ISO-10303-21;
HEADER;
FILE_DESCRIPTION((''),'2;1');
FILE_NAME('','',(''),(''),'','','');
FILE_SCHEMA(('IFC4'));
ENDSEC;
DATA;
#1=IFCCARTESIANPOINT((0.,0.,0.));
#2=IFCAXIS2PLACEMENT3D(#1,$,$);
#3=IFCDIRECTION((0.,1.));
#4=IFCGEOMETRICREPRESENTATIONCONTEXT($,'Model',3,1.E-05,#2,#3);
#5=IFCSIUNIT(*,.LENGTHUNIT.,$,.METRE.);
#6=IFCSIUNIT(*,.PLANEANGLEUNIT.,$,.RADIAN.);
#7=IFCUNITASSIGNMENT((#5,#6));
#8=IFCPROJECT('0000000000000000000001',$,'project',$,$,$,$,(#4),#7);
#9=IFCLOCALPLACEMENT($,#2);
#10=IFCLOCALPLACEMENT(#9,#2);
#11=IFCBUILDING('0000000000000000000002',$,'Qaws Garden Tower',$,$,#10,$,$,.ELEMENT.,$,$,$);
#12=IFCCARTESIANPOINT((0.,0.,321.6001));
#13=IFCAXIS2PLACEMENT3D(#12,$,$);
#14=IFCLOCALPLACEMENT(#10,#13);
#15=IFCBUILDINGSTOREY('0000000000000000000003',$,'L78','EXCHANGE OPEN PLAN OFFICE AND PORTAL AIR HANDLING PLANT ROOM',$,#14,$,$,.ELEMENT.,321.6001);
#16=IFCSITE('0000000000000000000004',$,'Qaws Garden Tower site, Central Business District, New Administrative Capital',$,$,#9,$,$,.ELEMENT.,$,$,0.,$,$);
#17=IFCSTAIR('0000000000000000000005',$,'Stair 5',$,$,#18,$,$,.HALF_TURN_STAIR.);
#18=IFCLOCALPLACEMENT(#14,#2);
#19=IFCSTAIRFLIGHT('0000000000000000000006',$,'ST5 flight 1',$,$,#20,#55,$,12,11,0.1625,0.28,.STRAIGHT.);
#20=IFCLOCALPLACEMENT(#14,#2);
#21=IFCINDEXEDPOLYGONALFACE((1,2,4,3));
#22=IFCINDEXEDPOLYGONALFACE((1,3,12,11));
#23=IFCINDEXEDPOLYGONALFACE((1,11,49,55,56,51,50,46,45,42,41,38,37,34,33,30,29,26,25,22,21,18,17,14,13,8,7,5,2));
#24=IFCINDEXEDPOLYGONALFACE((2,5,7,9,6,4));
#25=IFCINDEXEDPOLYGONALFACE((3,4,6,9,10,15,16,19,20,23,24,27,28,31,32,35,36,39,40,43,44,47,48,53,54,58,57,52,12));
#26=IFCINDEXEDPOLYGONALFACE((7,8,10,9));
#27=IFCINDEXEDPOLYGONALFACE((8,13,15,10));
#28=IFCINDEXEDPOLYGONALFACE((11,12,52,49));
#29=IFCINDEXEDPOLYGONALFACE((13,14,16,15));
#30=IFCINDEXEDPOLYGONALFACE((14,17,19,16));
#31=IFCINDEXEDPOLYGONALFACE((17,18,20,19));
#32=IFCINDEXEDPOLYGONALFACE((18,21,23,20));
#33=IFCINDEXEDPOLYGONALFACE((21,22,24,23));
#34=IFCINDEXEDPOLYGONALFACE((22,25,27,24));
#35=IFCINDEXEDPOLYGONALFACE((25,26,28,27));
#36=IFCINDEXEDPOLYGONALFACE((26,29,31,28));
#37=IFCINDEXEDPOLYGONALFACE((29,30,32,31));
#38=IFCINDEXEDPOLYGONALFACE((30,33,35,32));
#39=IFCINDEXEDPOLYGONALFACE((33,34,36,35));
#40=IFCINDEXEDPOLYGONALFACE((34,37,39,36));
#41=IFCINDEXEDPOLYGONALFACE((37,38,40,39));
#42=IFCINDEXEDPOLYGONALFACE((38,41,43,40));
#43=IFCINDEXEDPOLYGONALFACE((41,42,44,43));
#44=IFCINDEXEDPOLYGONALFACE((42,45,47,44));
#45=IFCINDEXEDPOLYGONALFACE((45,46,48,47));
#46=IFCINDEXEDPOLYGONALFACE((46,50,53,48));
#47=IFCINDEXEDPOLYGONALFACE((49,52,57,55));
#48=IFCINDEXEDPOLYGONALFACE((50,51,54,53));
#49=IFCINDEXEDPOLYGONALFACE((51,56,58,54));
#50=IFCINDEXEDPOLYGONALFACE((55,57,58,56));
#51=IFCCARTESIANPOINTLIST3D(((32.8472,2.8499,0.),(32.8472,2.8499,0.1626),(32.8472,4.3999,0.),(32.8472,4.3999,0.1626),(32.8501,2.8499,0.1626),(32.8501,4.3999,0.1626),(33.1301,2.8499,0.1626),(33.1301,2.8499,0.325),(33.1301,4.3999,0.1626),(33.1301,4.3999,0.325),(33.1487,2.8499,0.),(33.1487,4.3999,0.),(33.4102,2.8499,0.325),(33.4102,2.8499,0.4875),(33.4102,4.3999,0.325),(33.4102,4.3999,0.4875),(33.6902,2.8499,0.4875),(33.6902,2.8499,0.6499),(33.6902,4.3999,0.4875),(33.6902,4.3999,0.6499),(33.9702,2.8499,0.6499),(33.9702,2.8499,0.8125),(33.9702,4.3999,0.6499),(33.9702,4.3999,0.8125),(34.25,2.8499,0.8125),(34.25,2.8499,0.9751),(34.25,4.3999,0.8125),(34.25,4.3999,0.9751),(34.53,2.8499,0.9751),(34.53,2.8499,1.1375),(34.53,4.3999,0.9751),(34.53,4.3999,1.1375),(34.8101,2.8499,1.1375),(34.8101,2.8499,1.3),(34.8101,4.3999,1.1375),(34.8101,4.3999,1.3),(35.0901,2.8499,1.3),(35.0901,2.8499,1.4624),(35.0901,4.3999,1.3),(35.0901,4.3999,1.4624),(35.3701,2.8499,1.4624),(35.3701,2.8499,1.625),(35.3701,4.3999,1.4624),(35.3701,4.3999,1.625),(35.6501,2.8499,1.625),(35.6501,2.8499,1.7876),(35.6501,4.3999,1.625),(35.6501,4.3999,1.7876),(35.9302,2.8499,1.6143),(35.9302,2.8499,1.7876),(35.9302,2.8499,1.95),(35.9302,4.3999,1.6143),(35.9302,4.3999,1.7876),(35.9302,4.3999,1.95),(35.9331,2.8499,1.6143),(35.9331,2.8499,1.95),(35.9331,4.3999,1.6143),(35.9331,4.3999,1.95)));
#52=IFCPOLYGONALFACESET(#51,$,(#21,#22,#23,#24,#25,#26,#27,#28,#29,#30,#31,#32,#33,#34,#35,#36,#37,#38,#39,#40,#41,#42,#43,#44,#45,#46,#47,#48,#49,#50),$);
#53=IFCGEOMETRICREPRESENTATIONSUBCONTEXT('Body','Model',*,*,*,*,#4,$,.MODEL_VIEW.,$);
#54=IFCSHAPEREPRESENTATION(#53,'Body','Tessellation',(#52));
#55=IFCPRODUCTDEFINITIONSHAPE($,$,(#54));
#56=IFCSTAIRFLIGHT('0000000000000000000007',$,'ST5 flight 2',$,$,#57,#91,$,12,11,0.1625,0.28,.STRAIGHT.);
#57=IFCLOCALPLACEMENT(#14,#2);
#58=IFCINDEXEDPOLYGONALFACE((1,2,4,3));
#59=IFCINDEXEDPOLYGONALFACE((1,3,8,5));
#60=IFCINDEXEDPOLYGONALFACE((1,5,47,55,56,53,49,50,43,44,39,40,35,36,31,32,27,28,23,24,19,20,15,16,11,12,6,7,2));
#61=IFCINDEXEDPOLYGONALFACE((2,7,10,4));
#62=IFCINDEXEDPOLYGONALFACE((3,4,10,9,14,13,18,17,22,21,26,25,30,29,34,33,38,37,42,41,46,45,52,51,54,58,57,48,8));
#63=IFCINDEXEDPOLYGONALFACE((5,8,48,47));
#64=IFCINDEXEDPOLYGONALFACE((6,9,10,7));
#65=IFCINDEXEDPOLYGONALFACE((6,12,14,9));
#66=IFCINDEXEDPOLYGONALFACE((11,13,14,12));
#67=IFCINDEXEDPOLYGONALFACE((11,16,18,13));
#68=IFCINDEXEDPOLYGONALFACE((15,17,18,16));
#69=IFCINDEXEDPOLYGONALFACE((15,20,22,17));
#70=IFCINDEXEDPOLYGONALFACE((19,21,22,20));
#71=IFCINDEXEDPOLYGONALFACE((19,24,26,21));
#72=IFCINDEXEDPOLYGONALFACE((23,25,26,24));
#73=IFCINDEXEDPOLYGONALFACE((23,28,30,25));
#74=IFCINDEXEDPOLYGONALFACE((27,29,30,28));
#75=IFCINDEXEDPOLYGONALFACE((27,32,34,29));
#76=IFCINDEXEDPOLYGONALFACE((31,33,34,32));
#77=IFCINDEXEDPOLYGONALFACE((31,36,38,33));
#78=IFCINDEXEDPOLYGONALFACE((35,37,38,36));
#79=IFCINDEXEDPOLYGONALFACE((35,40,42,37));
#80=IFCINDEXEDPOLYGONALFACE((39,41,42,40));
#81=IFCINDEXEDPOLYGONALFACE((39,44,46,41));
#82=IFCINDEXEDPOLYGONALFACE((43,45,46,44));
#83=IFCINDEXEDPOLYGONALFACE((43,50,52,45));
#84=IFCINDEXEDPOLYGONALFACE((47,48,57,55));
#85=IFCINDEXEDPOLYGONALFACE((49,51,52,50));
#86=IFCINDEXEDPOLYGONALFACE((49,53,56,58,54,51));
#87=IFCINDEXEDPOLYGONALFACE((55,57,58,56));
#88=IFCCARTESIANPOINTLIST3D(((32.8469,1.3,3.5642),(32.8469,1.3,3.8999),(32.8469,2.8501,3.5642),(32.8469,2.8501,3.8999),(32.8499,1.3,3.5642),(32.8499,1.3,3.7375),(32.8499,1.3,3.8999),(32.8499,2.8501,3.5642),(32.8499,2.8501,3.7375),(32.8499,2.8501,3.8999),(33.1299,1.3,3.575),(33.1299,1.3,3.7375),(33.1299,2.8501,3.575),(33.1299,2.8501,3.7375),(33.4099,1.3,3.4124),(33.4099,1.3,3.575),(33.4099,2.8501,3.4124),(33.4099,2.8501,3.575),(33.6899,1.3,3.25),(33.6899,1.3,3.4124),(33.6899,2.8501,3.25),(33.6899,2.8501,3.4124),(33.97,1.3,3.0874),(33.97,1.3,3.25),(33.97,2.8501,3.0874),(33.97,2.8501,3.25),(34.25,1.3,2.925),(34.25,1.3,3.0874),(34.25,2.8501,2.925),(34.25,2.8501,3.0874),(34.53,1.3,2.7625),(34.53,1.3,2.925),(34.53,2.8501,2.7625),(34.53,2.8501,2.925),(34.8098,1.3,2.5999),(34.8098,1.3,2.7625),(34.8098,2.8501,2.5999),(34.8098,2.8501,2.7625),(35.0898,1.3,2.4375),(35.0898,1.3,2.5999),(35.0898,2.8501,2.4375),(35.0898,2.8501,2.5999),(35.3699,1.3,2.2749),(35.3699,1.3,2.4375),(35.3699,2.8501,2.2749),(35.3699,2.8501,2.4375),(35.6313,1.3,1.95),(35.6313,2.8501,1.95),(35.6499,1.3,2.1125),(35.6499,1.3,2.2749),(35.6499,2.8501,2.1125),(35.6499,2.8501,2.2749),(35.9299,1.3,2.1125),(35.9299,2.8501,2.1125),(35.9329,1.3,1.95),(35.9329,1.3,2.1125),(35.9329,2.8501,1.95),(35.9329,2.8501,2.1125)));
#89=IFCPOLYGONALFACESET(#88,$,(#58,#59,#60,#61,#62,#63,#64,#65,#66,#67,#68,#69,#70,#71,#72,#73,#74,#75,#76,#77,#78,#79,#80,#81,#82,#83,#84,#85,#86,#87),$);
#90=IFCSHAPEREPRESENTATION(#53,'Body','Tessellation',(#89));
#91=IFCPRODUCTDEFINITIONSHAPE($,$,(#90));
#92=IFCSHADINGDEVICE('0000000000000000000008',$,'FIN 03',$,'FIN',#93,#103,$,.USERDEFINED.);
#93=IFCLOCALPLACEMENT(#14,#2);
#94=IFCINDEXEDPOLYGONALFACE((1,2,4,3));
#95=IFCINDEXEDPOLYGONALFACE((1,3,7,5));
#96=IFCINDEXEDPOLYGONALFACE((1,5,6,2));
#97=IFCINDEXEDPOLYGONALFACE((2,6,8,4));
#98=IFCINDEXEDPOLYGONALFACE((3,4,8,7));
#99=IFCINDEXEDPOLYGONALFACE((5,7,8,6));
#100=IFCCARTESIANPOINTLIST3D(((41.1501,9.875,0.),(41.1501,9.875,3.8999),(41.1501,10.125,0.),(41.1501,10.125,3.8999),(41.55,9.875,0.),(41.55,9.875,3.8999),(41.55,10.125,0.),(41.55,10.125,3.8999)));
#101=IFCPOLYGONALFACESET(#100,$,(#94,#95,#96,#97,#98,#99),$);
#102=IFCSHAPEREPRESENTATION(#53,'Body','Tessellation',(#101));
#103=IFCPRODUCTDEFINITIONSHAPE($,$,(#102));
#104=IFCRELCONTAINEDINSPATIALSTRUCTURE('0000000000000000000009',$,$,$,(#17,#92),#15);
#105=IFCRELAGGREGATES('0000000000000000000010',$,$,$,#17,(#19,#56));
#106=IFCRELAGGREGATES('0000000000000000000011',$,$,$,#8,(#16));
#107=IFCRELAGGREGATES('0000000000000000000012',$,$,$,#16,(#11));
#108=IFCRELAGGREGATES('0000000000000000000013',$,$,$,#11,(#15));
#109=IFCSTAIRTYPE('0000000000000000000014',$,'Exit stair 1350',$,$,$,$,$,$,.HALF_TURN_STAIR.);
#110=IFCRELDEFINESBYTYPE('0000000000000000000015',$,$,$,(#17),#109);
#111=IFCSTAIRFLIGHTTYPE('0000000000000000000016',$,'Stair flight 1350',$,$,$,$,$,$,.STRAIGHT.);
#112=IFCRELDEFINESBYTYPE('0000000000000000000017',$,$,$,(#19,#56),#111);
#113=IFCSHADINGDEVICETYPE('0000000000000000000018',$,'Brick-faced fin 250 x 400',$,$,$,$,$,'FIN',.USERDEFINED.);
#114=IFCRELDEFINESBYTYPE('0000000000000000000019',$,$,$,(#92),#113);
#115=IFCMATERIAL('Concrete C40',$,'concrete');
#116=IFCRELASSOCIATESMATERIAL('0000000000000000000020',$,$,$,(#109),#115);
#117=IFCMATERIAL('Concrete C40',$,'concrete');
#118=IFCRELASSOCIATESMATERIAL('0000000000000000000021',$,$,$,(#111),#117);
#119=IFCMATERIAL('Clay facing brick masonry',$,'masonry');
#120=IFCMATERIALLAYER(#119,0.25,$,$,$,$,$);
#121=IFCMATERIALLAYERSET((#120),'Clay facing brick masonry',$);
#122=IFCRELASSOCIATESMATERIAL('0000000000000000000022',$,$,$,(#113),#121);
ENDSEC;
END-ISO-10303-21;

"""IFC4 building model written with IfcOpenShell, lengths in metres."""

from ifc_helpers import new_model, si_unit, direction, frame, origin, origin_2d, place, context, subcontext, project, spatial, polyline, rectangle, outline, extrude, material, layer, layer_set, type_object, element, aggregate, save


model = new_model("IFC4")

# Units and contexts
model_context = context("Model", 3, precision=1e-05, world=origin(), true_north=direction((0.0, 1.0)))
body_context = subcontext(model_context, "Body", "Model", "MODEL_VIEW")
ifc_project = project(units=[si_unit("LENGTHUNIT", "METRE"), si_unit("PLANEANGLEUNIT", "RADIAN")], contexts=[model_context])

# Site, building, storey
site_placement = place(None, origin())
site = spatial("IfcSite", under=ifc_project, at=site_placement, Name="Qaws Garden Tower site, Central Business District, New Administrative Capital", CompositionType="ELEMENT", RefElevation=0.0)
building_placement = place(site_placement, origin())
building = spatial("IfcBuilding", under=site, at=building_placement, Name="Qaws Garden Tower", CompositionType="ELEMENT")
storey_placement = place(building_placement, frame((0.0, 0.0, 321.6001)))
storey = spatial("IfcBuildingStorey", under=building, at=storey_placement, Name="L78", Description="EXCHANGE OPEN PLAN OFFICE AND PORTAL AIR HANDLING PLANT ROOM", CompositionType="ELEMENT", Elevation=321.6001)

# Stair, stair flights
ifc_material_1 = material(Name="Concrete C40", Category="concrete")
stair_type = type_object("IfcStairType", Name="Exit stair 1350", PredefinedType="HALF_TURN_STAIR", material=ifc_material_1)
stair_placement = place(storey_placement, origin())
stair = element("IfcStair", 1, at=stair_placement, inside=storey, type_object=stair_type, Name="Stair 5", PredefinedType="HALF_TURN_STAIR")
ifc_material_2 = material(Name="Concrete C40", Category="concrete")
stair_flight_type = type_object("IfcStairFlightType", Name="Stair flight 1350", PredefinedType="STRAIGHT", material=ifc_material_2)
stair_flight_1_placement = place(storey_placement, frame((32.8501, 3.625, 0.0), z_axis=(0.0, 0.0, 1.0), x_axis=(1.0, 0.0, 0.0)))
stair_flight_1 = element("IfcStairFlight", 2, at=stair_flight_1_placement, type_object=stair_flight_type, Name="ST5 flight 1", NumberOfRisers=12, NumberOfTreads=11, PredefinedType="STRAIGHT", RiserHeight=0.1625, TreadLength=0.28, context=body_context, shape_type="SweptSolid", body=[
    extrude(outline(polyline([(-0.0029, 0.0), (-0.0029, 0.1626), (0.0, 0.1626), (0.28, 0.1626), (0.28, 0.325), (0.5601, 0.325), (0.5601, 0.4875), (0.8401, 0.4875), (0.8401, 0.6499), (1.1201, 0.6499), (1.1201, 0.8125), (1.3999, 0.8125), (1.3999, 0.9751), (1.6799, 0.9751), (1.6799, 1.1375), (1.96, 1.1375), (1.96, 1.3), (2.24, 1.3), (2.24, 1.4624), (2.52, 1.4624), (2.52, 1.625), (2.8, 1.625), (2.8, 1.7876), (3.0801, 1.7876), (3.0801, 1.95), (3.083, 1.95), (3.083, 1.6143), (3.0801, 1.6143), (0.2986, 0.0), (-0.0029, 0.0)])), frame((0.0, 0.7749, 0.0), z_axis=(0.0, -1.0, 0.0), x_axis=(1.0, 0.0, 0.0)), (0.0, 0.0, 1.0), 1.55),
])
stair_flight_2_placement = place(storey_placement, frame((35.9299, 2.075, 1.95), z_axis=(0.0, 0.0, 1.0), x_axis=(-1.0, 0.0, 0.0)))
stair_flight_2 = element("IfcStairFlight", 3, at=stair_flight_2_placement, type_object=stair_flight_type, Name="ST5 flight 2", NumberOfRisers=12, NumberOfTreads=11, PredefinedType="STRAIGHT", RiserHeight=0.1625, TreadLength=0.28, context=body_context, shape_type="SweptSolid", body=[
    extrude(outline(polyline([(-0.0029, 0.0), (-0.0029, 0.1626), (0.0, 0.1626), (0.28, 0.1626), (0.28, 0.325), (0.5601, 0.325), (0.5601, 0.4875), (0.8401, 0.4875), (0.8401, 0.6499), (1.1201, 0.6499), (1.1201, 0.8125), (1.3999, 0.8125), (1.3999, 0.9751), (1.6799, 0.9751), (1.6799, 1.1375), (1.96, 1.1375), (1.96, 1.3), (2.24, 1.3), (2.24, 1.4624), (2.52, 1.4624), (2.52, 1.625), (2.8, 1.625), (2.8, 1.7876), (3.0801, 1.7876), (3.0801, 1.95), (3.083, 1.95), (3.083, 1.6143), (3.0801, 1.6143), (0.2986, 0.0), (-0.0029, 0.0)])), frame((0.0, 0.7749, 0.0), z_axis=(0.0, -1.0, 0.0), x_axis=(1.0, 0.0, 0.0)), (0.0, 0.0, 1.0), 1.55),
])
aggregate(stair, [stair_flight_1, stair_flight_2])

# Shading device
ifc_material_3 = material(Name="Clay facing brick masonry", Category="masonry")
ifc_layer_1 = layer(ifc_material_3, 0.25)
ifc_layer_set_1 = layer_set([ifc_layer_1], Name="Clay facing brick masonry")
shading_device_type = type_object("IfcShadingDeviceType", Name="Brick-faced fin 250 x 400", ElementType="FIN", PredefinedType="USERDEFINED", material=ifc_layer_set_1)
shading_device_placement = place(storey_placement, frame((41.3501, 10.0, 0.0), z_axis=(0.0, 0.0, 1.0), x_axis=(0.0, 1.0, 0.0)))
element("IfcShadingDevice", 4, at=shading_device_placement, inside=storey, type_object=shading_device_type, Name="FIN 03", ObjectType="FIN", PredefinedType="USERDEFINED", context=body_context, shape_type="SweptSolid", body=[
    extrude(rectangle(XDim=0.25, YDim=0.3999, at=origin_2d()), origin(), (0.0, 0.0, 1.0), 3.8999),
])

save(model, "model.ifc")
